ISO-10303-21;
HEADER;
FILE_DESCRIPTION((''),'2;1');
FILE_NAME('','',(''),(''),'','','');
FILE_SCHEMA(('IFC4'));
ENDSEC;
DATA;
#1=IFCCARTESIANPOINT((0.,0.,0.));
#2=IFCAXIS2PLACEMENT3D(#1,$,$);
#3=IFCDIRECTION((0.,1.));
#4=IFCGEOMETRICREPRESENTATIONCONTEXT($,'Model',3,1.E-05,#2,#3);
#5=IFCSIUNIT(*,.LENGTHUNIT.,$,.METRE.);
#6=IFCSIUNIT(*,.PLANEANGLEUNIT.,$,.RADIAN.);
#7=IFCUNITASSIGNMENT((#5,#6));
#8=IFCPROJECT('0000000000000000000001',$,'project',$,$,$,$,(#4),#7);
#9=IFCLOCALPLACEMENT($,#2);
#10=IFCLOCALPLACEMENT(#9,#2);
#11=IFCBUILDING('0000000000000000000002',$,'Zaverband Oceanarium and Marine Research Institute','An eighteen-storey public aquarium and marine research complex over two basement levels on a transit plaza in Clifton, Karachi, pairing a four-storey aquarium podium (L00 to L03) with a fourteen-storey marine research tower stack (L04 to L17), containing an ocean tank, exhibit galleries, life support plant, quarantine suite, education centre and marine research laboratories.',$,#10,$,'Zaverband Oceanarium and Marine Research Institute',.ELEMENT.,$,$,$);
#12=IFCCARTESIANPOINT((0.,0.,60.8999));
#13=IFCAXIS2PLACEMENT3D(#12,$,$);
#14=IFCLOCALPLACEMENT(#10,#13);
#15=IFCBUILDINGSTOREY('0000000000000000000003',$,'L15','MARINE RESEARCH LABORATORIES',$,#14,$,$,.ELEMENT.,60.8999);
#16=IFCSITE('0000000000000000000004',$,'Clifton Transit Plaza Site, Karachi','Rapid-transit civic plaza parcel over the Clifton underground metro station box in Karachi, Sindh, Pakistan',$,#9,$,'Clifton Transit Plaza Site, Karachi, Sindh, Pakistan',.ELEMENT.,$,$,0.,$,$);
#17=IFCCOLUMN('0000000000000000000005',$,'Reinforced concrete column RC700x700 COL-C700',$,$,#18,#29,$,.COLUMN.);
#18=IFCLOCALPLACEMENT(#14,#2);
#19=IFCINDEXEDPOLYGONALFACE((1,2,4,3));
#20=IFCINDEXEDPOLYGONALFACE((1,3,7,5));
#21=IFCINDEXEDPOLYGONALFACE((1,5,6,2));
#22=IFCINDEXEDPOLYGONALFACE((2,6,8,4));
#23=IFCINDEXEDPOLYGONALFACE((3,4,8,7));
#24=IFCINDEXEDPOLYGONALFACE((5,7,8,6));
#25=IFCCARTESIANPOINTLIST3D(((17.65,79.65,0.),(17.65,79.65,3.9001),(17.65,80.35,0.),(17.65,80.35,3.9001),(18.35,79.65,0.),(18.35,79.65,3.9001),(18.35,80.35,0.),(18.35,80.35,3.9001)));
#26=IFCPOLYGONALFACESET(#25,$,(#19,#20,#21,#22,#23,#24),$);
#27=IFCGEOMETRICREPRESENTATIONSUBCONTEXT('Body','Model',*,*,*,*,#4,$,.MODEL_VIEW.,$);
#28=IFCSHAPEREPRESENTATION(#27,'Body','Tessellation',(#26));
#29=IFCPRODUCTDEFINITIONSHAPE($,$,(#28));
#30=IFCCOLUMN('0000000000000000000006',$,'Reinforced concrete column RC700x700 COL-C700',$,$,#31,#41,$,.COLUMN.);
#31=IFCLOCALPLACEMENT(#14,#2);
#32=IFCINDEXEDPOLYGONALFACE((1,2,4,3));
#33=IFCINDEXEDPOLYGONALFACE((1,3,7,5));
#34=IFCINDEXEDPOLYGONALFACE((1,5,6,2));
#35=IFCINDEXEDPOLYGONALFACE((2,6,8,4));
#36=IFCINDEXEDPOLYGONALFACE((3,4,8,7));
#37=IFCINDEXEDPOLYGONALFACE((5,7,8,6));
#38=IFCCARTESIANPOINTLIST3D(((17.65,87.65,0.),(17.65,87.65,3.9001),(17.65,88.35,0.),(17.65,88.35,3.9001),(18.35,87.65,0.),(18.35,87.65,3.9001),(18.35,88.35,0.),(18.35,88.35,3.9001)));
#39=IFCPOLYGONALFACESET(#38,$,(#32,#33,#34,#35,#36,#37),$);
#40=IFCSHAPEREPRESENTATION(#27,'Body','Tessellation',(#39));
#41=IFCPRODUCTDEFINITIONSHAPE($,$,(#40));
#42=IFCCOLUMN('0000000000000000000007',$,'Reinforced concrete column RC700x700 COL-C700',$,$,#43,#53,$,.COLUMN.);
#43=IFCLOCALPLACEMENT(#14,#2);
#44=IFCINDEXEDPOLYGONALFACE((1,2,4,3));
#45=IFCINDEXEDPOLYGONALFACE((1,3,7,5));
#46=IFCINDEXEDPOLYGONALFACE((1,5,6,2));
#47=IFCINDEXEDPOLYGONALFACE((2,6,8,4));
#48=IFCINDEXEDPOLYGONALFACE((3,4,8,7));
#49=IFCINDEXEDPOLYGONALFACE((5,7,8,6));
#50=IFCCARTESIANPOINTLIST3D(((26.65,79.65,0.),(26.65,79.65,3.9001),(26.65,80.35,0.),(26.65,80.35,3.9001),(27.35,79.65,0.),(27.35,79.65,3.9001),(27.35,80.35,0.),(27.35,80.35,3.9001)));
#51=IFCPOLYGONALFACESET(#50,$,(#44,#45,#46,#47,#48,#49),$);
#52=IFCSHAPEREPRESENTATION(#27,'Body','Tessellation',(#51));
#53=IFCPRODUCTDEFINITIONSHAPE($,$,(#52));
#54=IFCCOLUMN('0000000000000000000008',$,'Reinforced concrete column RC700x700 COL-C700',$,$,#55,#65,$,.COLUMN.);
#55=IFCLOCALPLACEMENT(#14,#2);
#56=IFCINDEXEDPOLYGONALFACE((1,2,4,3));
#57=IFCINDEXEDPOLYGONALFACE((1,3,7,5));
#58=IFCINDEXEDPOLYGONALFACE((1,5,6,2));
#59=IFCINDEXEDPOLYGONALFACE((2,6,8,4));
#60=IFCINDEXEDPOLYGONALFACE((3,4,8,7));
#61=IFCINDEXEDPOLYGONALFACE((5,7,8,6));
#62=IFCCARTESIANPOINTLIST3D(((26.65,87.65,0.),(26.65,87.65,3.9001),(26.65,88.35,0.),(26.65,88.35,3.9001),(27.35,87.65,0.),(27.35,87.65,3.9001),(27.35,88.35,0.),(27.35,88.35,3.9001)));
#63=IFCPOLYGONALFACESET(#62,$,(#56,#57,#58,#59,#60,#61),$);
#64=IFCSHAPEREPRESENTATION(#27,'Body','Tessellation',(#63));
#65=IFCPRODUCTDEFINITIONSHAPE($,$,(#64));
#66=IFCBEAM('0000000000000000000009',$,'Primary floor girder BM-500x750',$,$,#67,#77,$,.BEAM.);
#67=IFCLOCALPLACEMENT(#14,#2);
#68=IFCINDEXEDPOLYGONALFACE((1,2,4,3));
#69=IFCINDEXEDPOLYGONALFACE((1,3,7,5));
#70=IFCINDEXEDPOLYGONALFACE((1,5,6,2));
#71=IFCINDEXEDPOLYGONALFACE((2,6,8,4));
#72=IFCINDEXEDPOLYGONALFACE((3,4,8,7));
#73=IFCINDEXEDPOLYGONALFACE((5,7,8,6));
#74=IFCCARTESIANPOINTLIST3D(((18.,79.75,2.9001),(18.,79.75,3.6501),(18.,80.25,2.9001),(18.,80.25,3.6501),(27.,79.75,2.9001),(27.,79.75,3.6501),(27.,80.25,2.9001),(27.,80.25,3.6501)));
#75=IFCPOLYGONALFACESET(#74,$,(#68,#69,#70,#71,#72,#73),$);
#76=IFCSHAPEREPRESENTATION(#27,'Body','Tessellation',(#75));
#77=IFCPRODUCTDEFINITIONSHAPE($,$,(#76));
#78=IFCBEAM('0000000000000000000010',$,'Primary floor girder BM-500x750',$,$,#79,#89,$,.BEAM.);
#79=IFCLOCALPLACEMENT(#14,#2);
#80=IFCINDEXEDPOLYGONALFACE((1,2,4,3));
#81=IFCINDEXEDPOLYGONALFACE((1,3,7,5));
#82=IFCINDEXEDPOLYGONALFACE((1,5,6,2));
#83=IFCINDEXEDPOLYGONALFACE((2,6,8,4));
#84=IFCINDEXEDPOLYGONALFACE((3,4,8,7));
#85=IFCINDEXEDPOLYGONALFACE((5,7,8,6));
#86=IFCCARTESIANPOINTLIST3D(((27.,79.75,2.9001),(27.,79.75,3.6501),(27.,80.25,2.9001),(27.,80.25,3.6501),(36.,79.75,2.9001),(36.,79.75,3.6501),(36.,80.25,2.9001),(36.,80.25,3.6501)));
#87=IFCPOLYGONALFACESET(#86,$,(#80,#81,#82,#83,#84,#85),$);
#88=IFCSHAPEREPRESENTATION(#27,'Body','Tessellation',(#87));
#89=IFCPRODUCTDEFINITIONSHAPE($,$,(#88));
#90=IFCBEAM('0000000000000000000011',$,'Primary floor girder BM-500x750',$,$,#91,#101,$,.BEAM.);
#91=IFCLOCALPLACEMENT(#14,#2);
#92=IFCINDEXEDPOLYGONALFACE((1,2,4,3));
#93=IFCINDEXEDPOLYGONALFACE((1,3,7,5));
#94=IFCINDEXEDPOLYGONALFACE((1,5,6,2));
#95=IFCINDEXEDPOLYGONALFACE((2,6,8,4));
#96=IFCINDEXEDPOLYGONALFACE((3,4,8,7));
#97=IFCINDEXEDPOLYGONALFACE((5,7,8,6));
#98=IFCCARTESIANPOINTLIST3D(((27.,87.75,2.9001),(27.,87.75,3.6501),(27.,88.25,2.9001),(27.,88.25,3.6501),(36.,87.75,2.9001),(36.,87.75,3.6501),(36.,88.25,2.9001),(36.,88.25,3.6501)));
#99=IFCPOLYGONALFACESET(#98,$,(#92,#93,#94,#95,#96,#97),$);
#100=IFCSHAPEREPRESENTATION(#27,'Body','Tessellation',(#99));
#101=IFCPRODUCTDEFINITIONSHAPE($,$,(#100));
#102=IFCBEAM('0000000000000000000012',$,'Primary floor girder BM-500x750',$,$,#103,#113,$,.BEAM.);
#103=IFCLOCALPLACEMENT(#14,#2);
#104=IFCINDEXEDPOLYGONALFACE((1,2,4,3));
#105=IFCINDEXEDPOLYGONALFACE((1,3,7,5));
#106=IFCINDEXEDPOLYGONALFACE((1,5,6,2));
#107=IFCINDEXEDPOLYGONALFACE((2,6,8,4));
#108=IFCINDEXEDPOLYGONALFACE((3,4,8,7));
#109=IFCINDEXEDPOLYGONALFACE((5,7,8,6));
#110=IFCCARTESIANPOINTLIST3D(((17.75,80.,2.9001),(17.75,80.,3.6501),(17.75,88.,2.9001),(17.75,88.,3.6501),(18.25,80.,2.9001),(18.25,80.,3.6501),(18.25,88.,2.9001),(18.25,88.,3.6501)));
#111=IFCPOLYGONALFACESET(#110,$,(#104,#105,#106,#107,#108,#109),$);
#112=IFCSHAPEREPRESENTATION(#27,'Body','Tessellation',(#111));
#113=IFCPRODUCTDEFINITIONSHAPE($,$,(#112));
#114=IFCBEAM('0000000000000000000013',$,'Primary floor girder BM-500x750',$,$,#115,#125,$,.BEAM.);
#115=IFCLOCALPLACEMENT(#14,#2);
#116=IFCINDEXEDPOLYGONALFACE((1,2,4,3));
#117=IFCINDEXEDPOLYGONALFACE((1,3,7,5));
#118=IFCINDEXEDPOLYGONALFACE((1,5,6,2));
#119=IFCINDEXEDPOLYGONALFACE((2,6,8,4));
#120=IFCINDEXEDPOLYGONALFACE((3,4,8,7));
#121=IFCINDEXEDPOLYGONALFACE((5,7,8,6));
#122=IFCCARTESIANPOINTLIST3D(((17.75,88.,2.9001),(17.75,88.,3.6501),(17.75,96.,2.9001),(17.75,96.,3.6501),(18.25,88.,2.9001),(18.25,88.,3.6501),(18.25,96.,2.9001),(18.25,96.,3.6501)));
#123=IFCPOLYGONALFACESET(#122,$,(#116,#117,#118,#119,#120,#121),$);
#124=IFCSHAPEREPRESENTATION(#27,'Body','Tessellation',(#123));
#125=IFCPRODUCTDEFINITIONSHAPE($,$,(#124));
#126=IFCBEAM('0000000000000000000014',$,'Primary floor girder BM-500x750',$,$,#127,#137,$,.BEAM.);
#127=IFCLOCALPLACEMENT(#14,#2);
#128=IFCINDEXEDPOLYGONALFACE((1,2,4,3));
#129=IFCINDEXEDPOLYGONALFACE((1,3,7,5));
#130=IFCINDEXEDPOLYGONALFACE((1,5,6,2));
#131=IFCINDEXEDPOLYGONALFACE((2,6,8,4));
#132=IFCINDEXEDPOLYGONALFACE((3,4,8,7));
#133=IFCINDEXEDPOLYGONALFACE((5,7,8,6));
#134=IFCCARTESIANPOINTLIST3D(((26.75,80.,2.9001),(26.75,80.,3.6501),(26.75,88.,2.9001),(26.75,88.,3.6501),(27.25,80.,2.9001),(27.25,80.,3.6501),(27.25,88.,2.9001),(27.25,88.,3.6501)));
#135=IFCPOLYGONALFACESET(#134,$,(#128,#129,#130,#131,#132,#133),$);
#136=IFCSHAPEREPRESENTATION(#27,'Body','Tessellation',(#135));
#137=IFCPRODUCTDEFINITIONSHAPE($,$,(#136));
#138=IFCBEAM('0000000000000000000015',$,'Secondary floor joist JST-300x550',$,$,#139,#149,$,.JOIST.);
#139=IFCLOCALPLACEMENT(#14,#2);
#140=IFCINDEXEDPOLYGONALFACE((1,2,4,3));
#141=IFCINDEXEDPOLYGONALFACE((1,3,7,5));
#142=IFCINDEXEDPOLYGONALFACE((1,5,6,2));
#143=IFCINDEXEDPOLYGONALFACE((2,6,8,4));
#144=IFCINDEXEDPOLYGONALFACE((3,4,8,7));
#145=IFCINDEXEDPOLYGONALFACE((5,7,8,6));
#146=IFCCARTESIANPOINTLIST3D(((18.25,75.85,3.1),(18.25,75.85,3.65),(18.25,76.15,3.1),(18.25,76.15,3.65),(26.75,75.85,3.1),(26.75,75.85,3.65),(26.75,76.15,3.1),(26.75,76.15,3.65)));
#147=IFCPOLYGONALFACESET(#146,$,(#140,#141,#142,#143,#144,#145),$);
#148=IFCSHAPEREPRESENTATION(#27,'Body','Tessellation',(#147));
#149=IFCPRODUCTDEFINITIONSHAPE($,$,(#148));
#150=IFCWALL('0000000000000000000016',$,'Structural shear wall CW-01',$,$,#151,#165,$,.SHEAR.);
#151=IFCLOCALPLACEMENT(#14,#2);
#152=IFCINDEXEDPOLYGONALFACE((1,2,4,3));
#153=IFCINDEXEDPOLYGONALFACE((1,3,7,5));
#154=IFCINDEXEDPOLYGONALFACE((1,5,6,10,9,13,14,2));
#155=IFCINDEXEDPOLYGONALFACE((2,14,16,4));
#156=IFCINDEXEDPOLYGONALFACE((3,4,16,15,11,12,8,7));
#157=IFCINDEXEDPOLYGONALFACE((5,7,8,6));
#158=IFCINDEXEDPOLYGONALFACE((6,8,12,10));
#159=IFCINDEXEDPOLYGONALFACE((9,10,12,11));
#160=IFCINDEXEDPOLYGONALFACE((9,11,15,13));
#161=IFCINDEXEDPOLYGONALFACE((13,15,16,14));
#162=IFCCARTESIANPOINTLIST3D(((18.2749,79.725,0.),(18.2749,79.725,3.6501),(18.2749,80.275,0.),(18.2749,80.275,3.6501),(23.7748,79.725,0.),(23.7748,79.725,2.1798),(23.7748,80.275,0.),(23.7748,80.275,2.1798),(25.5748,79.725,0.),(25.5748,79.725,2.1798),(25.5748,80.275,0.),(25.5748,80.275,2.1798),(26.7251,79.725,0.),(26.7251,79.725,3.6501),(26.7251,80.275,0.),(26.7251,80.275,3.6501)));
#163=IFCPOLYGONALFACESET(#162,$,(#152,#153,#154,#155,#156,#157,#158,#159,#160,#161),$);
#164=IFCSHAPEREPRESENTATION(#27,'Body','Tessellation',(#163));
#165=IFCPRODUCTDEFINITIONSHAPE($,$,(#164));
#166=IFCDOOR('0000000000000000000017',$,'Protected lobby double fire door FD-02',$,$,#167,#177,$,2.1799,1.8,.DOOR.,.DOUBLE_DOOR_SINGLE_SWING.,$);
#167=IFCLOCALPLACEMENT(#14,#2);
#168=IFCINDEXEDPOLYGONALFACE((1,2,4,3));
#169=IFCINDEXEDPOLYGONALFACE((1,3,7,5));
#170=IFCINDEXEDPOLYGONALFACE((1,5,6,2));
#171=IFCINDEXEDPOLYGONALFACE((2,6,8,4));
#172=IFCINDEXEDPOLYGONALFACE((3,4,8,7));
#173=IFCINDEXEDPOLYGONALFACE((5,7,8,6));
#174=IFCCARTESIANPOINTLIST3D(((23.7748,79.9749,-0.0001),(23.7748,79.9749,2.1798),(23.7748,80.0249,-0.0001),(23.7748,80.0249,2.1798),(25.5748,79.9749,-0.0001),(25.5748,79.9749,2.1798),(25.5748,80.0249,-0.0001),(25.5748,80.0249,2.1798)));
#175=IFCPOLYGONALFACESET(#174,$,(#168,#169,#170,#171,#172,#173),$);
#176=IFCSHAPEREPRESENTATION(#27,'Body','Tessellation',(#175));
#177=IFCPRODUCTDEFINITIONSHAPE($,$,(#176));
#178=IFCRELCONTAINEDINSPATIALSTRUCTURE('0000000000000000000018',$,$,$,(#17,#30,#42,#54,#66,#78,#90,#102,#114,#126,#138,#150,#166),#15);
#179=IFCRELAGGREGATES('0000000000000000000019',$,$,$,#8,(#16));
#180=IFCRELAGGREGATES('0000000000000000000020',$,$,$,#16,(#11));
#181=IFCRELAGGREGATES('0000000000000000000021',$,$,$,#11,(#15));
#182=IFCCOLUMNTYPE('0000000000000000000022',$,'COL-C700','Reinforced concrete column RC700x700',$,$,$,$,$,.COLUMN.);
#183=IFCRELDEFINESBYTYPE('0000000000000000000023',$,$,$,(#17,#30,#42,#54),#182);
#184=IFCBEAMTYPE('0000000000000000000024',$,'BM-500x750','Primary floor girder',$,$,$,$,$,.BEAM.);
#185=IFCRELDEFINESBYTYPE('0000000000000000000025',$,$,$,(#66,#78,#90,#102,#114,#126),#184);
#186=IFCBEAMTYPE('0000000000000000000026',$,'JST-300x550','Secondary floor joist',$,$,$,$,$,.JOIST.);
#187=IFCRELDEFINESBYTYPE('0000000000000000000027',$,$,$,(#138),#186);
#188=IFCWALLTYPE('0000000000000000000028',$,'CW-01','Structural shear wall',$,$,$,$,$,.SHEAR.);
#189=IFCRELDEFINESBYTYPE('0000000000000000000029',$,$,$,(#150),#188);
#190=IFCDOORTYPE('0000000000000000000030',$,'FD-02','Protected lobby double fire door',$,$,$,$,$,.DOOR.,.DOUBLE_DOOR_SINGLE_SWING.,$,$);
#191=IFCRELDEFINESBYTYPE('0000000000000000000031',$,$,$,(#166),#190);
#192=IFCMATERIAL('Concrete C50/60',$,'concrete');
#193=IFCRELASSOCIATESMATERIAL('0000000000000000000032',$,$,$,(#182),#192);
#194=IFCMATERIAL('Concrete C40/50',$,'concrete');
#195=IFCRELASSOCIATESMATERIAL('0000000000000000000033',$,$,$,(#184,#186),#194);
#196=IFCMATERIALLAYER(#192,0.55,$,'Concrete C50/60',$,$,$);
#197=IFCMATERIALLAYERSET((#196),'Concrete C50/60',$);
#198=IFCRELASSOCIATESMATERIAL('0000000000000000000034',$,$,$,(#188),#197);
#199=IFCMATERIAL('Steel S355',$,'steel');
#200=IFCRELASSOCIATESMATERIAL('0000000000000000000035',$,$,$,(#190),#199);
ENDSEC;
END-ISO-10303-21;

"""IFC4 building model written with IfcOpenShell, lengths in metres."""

from ifc_helpers import new_model, si_unit, direction, frame, frame_2d, origin, origin_2d, place, context, subcontext, project, spatial, rectangle, extrude, material, layer, layer_set, material_profile, profile_set, type_object, element, fill, save


model = new_model("IFC4")

# Units and contexts
model_context = context("Model", 3, precision=1e-05, world=origin(), true_north=direction((0.0, 1.0)))
body_context = subcontext(model_context, "Body", "Model", "MODEL_VIEW")
ifc_project = project(units=[si_unit("LENGTHUNIT", "METRE"), si_unit("PLANEANGLEUNIT", "RADIAN")], contexts=[model_context])

# Site, building, storey
site_placement = place(None, origin())
site = spatial("IfcSite", under=ifc_project, at=site_placement, Name="Clifton Transit Plaza Site, Karachi", Description="Rapid-transit civic plaza parcel over the Clifton underground metro station box in Karachi, Sindh, Pakistan", LongName="Clifton Transit Plaza Site, Karachi, Sindh, Pakistan", CompositionType="ELEMENT", RefElevation=0.0)
building_placement = place(site_placement, origin())
building = spatial("IfcBuilding", under=site, at=building_placement, Name="Zaverband Oceanarium and Marine Research Institute", Description="An eighteen-storey public aquarium and marine research complex over two basement levels on a transit plaza in Clifton, Karachi, pairing a four-storey aquarium podium (L00 to L03) with a fourteen-storey marine research tower stack (L04 to L17), containing an ocean tank, exhibit galleries, life support plant, quarantine suite, education centre and marine research laboratories.", LongName="Zaverband Oceanarium and Marine Research Institute", CompositionType="ELEMENT")
storey_placement = place(building_placement, frame((0.0, 0.0, 60.8999)))
storey = spatial("IfcBuildingStorey", under=building, at=storey_placement, Name="L15", Description="MARINE RESEARCH LABORATORIES", CompositionType="ELEMENT", Elevation=60.8999)

# Columns
ifc_material_1 = material(Name="Concrete C50/60", Category="concrete")
ifc_material_profile_1 = material_profile(ifc_material_1, rectangle(XDim=0.7, YDim=0.7, at=origin_2d()), Name="RC700x700")
ifc_profile_set_1 = profile_set([ifc_material_profile_1], Name="Concrete C50/60")
column_type = type_object("IfcColumnType", Name="COL-C700", Description="Reinforced concrete column RC700x700", PredefinedType="COLUMN", material=ifc_profile_set_1)
for number, where, z_axis, x_axis, name in (
    (1, (18.0, 80.0, 0.0), (0.0, 0.0, 1.0), (1.0, 0.0, 0.0), "Reinforced concrete column RC700x700 COL-C700"),
    (2, (18.0, 88.0, 0.0), (0.0, 0.0, 1.0), (1.0, 0.0, 0.0), "Reinforced concrete column RC700x700 COL-C700"),
    (3, (27.0, 80.0, 0.0), (0.0, 0.0, 1.0), (1.0, 0.0, 0.0), "Reinforced concrete column RC700x700 COL-C700"),
    (4, (27.0, 88.0, 0.0), (0.0, 0.0, 1.0), (1.0, 0.0, 0.0), "Reinforced concrete column RC700x700 COL-C700"),
):
    element("IfcColumn", number, at=place(storey_placement, frame(where, z_axis=z_axis, x_axis=x_axis)), inside=storey, type_object=column_type, Name=name, PredefinedType="COLUMN", context=body_context, shape_type="SweptSolid", body=[
        extrude(rectangle(XDim=0.7, YDim=0.7, at=origin_2d()), origin(), (0.0, 0.0, 1.0), 3.9001),
    ])

# Beams
ifc_material_2 = material(Name="Concrete C40/50", Category="concrete")
ifc_material_profile_2 = material_profile(ifc_material_2, rectangle(XDim=0.5, YDim=0.75, at=origin_2d()), Name="RC500x750")
ifc_profile_set_2 = profile_set([ifc_material_profile_2], Name="Concrete C40/50")
beam_type_1 = type_object("IfcBeamType", Name="BM-500x750", Description="Primary floor girder", PredefinedType="BEAM", material=ifc_profile_set_2)
for number, where, z_axis, x_axis, name in (
    (5, (18.0, 80.0, 3.2751), (1.0, 0.0, 0.0), (0.0, 1.0, 0.0), "Primary floor girder BM-500x750"),
    (6, (27.0, 80.0, 3.2751), (1.0, 0.0, 0.0), (0.0, 1.0, 0.0), "Primary floor girder BM-500x750"),
    (7, (27.0, 88.0, 3.2751), (1.0, 0.0, 0.0), (0.0, 1.0, 0.0), "Primary floor girder BM-500x750"),
):
    element("IfcBeam", number, at=place(storey_placement, frame(where, z_axis=z_axis, x_axis=x_axis)), inside=storey, type_object=beam_type_1, Name=name, PredefinedType="BEAM", context=body_context, shape_type="SweptSolid", body=[
        extrude(rectangle(XDim=0.5, YDim=0.75, at=origin_2d()), origin(), (0.0, 0.0, 1.0), 9.0),
    ])
for number, where, z_axis, x_axis, name in (
    (8, (18.0, 80.0, 3.2751), (0.0, 1.0, 0.0), (-1.0, 0.0, 0.0), "Primary floor girder BM-500x750"),
    (9, (18.0, 88.0, 3.2751), (0.0, 1.0, 0.0), (-1.0, 0.0, 0.0), "Primary floor girder BM-500x750"),
    (10, (27.0, 80.0, 3.2751), (0.0, 1.0, 0.0), (-1.0, 0.0, 0.0), "Primary floor girder BM-500x750"),
):
    element("IfcBeam", number, at=place(storey_placement, frame(where, z_axis=z_axis, x_axis=x_axis)), inside=storey, type_object=beam_type_1, Name=name, PredefinedType="BEAM", context=body_context, shape_type="SweptSolid", body=[
        extrude(rectangle(XDim=0.5, YDim=0.75, at=origin_2d()), origin(), (0.0, 0.0, 1.0), 8.0),
    ])
ifc_material_profile_3 = material_profile(ifc_material_2, rectangle(XDim=0.3, YDim=0.55, at=origin_2d()), Name="RC300x550")
ifc_profile_set_3 = profile_set([ifc_material_profile_3], Name="Concrete C40/50")
beam_type_2 = type_object("IfcBeamType", Name="JST-300x550", Description="Secondary floor joist", PredefinedType="JOIST", material=ifc_profile_set_3)
beam_placement = place(storey_placement, frame((18.25, 76.0, 3.375), z_axis=(1.0, 0.0, 0.0), x_axis=(0.0, 1.0, 0.0)))
element("IfcBeam", 11, at=beam_placement, inside=storey, type_object=beam_type_2, Name="Secondary floor joist JST-300x550", PredefinedType="JOIST", context=body_context, shape_type="SweptSolid", body=[
    extrude(rectangle(XDim=0.3, YDim=0.55, at=origin_2d()), origin(), (0.0, 0.0, 1.0), 8.5),
])

# Wall, opening, door
ifc_layer_1 = layer(ifc_material_1, 0.55, Name="Concrete C50/60")
ifc_layer_set_1 = layer_set([ifc_layer_1], Name="Concrete C50/60")
wall_type_1 = type_object("IfcWallType", Name="CW-01", Description="Structural shear wall", PredefinedType="SHEAR", material=ifc_layer_set_1)
wall_1_placement = place(storey_placement, frame((18.2749, 80.0, 0.0), z_axis=(0.0, 0.0, 1.0), x_axis=(1.0, 0.0, 0.0)))
wall_1 = element("IfcWall", 12, at=wall_1_placement, inside=storey, type_object=wall_type_1, Name="Structural shear wall CW-01", PredefinedType="SHEAR", context=body_context, shape_type="SweptSolid", body=[
    extrude(rectangle(XDim=8.4502, YDim=0.55, at=frame_2d((4.2251, 0.0))), origin(), (0.0, 0.0, 1.0), 3.6501),
])
opening_1_placement = place(wall_1_placement, frame((5.5, 0.0, 0.0)))
opening_1 = element("IfcOpeningElement", 13, at=opening_1_placement, cuts=wall_1, PredefinedType="OPENING", context=body_context, shape_type="SweptSolid", body=[
    extrude(rectangle(XDim=1.8, YDim=2.1799, at=frame_2d((0.8999, 1.0898))), frame((0.0, 0.2871, 0.0), z_axis=(0.0, -1.0, 0.0), x_axis=(1.0, 0.0, 0.0)), (0.0, 0.0, 1.0), 0.574),
])
ifc_material_3 = material(Name="Steel S355", Category="steel")
door_type_1 = type_object("IfcDoorType", Name="FD-02", Description="Protected lobby double fire door", OperationType="DOUBLE_DOOR_SINGLE_SWING", PredefinedType="DOOR", material=ifc_material_3)
door_1_placement = place(opening_1_placement, origin())
door_1 = element("IfcDoor", 14, at=door_1_placement, inside=storey, type_object=door_type_1, Name="Protected lobby double fire door FD-02", OperationType="DOUBLE_DOOR_SINGLE_SWING", OverallHeight=2.1799, OverallWidth=1.8, PredefinedType="DOOR", context=body_context, shape_type="SweptSolid", body=[
    extrude(rectangle(XDim=1.8, YDim=2.1799, at=frame_2d((0.8999, 1.0898))), frame((0.0, 0.0249, 0.0), z_axis=(0.0, -1.0, 0.0), x_axis=(1.0, 0.0, 0.0)), (0.0, 0.0, 1.0), 0.05),
])
fill(opening_1, door_1)

save(model, "model.ifc")
